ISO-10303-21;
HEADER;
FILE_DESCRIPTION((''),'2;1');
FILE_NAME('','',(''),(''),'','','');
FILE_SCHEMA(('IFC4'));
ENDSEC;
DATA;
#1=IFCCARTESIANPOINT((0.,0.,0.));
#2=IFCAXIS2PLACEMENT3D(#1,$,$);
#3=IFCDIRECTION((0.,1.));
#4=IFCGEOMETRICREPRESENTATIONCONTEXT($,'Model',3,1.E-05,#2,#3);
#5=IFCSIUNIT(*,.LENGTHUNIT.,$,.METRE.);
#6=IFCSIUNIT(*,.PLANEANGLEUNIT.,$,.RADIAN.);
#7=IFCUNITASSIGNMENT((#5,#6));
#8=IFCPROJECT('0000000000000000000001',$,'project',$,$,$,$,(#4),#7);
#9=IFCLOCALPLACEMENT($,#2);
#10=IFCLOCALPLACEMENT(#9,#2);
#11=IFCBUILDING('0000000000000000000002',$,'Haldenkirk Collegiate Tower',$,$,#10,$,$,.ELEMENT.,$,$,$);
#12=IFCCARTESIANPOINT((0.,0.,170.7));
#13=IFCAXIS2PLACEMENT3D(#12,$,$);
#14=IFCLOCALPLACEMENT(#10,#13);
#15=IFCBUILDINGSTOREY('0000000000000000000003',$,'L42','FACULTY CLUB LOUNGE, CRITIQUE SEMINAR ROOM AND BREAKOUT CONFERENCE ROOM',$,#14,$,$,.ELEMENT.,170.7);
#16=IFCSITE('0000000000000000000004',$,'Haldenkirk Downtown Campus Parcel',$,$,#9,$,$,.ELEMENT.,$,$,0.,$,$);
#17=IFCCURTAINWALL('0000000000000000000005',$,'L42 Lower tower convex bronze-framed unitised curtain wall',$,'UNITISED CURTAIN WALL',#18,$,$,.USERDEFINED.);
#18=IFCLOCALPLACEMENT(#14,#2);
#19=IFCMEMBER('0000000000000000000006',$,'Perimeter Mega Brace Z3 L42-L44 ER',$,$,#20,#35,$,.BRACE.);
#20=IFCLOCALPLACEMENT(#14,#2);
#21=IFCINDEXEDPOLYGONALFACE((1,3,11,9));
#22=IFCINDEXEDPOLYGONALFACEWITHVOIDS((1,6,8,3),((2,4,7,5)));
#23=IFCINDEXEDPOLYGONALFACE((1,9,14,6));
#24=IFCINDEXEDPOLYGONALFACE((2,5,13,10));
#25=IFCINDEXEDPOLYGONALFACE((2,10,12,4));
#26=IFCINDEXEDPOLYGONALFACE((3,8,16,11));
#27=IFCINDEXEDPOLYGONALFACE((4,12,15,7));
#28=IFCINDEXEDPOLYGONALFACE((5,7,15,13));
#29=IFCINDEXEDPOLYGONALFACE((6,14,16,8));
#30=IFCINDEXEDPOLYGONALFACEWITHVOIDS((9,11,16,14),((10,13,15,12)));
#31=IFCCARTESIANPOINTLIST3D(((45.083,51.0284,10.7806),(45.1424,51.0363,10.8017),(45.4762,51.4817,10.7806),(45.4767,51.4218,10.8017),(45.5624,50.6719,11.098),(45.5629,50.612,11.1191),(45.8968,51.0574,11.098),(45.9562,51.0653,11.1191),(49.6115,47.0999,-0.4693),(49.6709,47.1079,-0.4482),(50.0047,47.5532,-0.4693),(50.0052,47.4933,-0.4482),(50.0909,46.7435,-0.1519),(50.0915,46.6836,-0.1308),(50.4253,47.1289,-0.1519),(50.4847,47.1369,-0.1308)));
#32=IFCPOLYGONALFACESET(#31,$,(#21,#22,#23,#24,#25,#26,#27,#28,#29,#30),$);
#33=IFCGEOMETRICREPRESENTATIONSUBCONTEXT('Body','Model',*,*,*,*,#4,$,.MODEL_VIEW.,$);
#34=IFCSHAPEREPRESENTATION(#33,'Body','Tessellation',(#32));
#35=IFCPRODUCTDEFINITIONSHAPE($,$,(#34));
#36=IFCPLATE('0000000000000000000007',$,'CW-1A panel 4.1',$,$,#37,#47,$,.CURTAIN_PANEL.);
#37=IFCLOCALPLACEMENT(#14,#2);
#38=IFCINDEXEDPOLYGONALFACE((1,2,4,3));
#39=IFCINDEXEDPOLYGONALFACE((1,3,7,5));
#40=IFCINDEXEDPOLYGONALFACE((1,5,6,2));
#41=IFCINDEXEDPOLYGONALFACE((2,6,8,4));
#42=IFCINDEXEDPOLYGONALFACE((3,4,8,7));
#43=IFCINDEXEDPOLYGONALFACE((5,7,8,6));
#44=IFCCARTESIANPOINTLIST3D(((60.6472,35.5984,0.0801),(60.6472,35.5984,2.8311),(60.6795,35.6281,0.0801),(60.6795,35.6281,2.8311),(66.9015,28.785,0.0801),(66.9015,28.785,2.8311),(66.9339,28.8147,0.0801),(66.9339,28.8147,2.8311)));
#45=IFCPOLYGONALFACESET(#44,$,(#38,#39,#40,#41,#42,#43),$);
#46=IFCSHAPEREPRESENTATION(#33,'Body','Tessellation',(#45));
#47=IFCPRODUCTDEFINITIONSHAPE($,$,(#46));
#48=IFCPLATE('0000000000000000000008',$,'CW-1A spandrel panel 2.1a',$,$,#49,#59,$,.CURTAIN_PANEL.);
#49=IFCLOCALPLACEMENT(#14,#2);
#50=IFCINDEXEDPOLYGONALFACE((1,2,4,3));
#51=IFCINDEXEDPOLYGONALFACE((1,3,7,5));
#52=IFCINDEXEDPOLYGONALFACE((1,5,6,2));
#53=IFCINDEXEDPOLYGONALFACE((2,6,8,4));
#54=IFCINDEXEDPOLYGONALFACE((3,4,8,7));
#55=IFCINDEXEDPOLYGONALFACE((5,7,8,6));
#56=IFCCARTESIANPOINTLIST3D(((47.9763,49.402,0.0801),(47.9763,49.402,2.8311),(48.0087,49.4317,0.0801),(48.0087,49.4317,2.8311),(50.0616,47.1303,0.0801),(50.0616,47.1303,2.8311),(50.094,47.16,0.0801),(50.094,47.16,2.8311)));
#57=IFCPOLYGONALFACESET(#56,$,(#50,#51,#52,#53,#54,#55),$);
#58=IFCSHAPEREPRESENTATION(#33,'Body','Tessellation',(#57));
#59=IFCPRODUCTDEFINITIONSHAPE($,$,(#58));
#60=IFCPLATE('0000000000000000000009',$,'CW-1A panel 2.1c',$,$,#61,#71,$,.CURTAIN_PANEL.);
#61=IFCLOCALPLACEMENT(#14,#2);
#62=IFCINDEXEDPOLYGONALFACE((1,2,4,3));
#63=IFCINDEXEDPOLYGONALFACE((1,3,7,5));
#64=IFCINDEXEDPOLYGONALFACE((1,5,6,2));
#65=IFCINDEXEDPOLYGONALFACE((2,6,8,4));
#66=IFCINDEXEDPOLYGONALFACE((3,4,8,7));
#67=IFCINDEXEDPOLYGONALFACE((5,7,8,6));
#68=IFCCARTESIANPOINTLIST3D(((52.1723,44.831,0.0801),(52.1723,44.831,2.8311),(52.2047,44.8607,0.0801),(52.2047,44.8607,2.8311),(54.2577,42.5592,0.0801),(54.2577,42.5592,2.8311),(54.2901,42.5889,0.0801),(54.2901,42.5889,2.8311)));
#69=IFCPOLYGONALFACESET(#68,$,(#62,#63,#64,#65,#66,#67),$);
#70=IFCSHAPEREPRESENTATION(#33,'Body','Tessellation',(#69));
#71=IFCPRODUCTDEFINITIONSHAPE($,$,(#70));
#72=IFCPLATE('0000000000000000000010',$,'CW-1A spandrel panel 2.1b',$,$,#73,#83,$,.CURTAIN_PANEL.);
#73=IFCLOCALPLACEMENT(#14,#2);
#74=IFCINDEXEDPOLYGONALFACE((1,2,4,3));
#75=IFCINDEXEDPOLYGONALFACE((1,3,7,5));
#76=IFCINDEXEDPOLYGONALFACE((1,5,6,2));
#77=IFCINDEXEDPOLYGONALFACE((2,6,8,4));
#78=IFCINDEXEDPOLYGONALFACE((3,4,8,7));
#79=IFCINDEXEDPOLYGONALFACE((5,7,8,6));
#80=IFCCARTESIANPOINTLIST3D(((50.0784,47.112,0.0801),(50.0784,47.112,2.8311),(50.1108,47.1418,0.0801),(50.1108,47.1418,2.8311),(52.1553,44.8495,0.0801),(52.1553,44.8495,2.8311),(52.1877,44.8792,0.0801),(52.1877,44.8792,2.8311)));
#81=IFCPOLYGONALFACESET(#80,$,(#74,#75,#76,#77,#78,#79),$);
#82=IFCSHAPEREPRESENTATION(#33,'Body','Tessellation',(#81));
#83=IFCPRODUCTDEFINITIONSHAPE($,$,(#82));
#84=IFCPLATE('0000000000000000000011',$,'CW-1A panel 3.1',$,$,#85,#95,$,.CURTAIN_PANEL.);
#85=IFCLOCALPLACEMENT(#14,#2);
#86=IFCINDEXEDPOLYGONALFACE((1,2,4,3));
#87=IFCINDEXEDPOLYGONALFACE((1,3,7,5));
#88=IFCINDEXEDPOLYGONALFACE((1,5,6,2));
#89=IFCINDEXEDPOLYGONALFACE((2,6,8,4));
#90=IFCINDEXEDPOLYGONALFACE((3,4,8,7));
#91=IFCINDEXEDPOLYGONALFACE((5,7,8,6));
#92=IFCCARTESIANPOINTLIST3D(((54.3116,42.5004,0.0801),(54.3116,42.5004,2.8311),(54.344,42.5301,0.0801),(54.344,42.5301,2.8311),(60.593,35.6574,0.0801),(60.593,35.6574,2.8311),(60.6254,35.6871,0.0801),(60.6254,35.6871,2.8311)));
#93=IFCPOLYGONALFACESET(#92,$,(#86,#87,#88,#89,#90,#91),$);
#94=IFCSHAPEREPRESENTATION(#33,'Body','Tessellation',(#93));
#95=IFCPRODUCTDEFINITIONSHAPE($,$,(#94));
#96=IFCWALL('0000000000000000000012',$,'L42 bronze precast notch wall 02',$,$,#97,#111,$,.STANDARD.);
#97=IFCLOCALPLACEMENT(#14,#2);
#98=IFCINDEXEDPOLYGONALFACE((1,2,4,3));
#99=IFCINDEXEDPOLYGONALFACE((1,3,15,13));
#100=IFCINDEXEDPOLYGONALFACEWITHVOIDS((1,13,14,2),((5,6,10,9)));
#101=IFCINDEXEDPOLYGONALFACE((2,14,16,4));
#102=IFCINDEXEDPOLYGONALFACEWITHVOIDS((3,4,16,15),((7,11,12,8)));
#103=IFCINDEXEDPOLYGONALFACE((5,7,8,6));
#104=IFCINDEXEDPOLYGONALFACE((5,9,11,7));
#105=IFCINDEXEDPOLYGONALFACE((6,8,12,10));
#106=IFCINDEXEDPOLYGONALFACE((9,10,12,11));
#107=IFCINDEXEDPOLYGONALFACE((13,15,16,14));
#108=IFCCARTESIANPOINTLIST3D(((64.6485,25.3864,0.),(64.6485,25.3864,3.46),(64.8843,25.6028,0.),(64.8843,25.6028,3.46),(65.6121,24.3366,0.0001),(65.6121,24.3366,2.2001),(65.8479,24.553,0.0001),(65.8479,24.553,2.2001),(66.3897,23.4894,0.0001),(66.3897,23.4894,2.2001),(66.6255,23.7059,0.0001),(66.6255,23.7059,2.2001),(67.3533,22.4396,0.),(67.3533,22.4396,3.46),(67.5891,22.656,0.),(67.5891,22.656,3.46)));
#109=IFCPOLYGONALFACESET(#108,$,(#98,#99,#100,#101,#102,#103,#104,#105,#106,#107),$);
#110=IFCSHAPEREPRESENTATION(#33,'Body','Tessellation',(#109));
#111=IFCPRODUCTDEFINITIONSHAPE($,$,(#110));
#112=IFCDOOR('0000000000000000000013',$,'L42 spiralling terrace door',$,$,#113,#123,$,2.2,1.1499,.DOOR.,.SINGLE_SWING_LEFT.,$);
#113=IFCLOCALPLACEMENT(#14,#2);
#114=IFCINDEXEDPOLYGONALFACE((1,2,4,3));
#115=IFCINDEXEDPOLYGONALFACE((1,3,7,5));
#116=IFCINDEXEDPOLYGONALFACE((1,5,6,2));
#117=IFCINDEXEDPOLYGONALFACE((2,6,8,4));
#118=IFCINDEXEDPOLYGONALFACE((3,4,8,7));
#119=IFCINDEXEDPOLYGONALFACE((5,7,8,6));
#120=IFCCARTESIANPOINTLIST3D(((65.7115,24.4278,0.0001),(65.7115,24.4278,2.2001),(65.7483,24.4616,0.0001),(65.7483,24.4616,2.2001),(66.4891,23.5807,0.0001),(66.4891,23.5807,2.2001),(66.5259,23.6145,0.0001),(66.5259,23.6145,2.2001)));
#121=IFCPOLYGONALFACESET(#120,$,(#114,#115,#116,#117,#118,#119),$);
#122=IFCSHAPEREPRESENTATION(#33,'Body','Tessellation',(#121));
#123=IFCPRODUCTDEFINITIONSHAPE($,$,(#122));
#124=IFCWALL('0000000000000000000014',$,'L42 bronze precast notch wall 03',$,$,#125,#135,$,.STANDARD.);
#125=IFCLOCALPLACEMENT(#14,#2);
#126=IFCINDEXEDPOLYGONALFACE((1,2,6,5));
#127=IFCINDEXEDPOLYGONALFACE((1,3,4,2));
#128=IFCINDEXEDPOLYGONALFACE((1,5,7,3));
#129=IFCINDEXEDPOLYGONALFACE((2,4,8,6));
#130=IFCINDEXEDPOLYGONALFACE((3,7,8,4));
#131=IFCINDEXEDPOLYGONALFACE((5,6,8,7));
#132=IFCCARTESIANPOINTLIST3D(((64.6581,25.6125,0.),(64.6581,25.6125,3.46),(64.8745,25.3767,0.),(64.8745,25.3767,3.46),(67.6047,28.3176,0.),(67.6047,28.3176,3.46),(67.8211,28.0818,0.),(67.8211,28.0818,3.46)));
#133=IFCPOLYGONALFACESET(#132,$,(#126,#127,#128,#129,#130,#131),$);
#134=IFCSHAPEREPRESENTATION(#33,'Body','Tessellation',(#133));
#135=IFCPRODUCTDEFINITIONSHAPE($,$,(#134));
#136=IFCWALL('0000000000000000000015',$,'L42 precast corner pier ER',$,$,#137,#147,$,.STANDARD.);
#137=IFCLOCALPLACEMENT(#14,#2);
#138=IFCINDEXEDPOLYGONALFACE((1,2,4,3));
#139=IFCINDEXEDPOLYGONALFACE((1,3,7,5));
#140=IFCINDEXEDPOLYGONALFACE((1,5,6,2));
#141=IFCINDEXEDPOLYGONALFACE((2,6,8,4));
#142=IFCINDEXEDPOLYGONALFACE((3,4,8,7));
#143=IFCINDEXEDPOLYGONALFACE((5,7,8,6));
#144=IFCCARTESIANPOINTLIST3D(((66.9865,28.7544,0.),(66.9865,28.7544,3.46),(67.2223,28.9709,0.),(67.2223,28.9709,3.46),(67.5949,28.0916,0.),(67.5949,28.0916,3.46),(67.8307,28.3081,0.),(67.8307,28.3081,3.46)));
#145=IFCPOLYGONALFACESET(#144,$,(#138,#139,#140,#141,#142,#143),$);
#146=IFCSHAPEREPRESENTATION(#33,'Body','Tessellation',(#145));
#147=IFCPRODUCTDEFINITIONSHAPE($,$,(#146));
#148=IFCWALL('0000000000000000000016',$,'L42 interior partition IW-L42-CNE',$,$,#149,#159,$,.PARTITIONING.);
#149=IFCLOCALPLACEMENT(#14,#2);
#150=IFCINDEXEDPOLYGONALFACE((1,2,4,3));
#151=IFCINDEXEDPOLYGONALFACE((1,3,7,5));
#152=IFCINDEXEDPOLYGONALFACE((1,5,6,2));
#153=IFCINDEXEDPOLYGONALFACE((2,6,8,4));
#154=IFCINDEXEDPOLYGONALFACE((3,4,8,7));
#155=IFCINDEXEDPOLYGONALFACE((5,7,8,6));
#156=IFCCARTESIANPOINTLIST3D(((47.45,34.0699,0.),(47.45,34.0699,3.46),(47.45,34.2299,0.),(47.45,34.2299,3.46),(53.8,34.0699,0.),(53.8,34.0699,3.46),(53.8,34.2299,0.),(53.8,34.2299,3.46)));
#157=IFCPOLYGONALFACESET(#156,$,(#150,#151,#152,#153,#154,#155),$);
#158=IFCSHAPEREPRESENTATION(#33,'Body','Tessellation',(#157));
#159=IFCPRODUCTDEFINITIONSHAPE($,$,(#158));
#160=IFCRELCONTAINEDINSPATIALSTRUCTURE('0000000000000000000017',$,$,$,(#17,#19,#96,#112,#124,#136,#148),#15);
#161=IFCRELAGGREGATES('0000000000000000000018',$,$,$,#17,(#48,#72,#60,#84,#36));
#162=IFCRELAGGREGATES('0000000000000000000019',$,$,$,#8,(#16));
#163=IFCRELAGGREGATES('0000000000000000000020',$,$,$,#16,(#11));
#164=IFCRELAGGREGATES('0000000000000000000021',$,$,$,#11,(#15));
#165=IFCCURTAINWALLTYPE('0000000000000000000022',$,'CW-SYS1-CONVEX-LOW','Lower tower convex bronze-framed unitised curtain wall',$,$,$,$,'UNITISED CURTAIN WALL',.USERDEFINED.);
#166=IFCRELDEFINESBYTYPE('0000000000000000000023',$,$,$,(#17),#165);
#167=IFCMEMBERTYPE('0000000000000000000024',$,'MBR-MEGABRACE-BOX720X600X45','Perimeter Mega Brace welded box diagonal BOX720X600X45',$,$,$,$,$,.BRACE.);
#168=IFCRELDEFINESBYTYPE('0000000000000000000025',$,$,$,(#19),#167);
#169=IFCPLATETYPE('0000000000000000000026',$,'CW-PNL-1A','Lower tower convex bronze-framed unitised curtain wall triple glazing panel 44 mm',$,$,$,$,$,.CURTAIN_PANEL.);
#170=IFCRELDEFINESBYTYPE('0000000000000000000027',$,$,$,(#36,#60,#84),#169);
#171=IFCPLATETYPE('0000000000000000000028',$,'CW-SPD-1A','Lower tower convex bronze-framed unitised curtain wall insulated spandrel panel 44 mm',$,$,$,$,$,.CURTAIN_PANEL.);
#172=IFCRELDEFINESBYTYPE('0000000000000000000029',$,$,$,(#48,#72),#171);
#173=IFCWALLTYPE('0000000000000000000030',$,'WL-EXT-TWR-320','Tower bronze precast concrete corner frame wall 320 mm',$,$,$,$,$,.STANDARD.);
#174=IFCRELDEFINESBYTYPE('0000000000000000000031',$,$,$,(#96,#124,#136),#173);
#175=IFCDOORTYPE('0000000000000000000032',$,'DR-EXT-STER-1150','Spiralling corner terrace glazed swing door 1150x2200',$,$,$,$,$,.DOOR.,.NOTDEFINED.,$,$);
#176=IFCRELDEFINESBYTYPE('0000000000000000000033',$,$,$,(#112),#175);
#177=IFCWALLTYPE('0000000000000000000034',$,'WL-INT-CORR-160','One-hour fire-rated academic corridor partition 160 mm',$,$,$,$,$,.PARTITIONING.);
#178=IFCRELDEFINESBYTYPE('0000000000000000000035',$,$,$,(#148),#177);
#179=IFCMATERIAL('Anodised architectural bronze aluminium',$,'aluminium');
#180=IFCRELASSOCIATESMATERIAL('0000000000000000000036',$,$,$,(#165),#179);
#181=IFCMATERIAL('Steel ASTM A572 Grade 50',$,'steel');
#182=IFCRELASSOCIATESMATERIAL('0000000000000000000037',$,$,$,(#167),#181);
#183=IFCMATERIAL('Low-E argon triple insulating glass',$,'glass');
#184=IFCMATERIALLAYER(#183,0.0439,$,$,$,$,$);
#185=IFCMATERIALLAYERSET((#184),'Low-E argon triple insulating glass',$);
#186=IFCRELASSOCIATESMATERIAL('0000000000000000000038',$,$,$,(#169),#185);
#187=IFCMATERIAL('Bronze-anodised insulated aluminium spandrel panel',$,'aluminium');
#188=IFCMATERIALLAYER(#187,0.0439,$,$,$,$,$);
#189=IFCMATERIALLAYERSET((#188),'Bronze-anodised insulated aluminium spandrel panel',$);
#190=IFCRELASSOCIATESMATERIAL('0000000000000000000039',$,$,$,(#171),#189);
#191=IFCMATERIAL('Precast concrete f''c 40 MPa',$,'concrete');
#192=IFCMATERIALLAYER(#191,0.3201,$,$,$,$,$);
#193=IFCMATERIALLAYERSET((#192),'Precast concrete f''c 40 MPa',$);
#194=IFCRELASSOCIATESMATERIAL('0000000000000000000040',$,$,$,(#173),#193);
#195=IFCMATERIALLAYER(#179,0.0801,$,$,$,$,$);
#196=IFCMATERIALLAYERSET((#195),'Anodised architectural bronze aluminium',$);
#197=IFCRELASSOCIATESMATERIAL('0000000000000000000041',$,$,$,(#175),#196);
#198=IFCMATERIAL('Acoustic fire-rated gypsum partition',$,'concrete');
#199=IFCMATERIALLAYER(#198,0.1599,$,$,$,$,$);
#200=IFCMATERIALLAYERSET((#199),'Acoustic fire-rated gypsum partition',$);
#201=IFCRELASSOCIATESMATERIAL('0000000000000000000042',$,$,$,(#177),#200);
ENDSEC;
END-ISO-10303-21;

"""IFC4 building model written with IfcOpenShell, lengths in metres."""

from ifc_helpers import new_model, si_unit, direction, frame, frame_2d, origin, origin_2d, place, context, subcontext, project, spatial, rectangle, hollow_rectangle, extrude, source, transform, mapped, material, layer, layer_set, material_profile, profile_set, type_object, element, fill, aggregate, save


model = new_model("IFC4")

# Units and contexts
model_context = context("Model", 3, precision=1e-05, world=origin(), true_north=direction((0.0, 1.0)))
body_context = subcontext(model_context, "Body", "Model", "MODEL_VIEW")
ifc_project = project(units=[si_unit("LENGTHUNIT", "METRE"), si_unit("PLANEANGLEUNIT", "RADIAN")], contexts=[model_context])

# Site, building, storey
site_placement = place(None, origin())
site = spatial("IfcSite", under=ifc_project, at=site_placement, Name="Haldenkirk Downtown Campus Parcel", CompositionType="ELEMENT", RefElevation=0.0)
building_placement = place(site_placement, origin())
building = spatial("IfcBuilding", under=site, at=building_placement, Name="Haldenkirk Collegiate Tower", CompositionType="ELEMENT")
storey_placement = place(building_placement, frame((0.0, 0.0, 170.7)))
storey = spatial("IfcBuildingStorey", under=building, at=storey_placement, Name="L42", Description="FACULTY CLUB LOUNGE, CRITIQUE SEMINAR ROOM AND BREAKOUT CONFERENCE ROOM", CompositionType="ELEMENT", Elevation=170.7)

# Curtain wall
ifc_material_1 = material(Name="Anodised architectural bronze aluminium", Category="aluminium")
curtain_wall_type = type_object("IfcCurtainWallType", Name="CW-SYS1-CONVEX-LOW", Description="Lower tower convex bronze-framed unitised curtain wall", ElementType="UNITISED CURTAIN WALL", PredefinedType="USERDEFINED", material=ifc_material_1)
curtain_wall_placement = place(storey_placement, origin())
curtain_wall = element("IfcCurtainWall", 1, at=curtain_wall_placement, inside=storey, type_object=curtain_wall_type, Name="L42 Lower tower convex bronze-framed unitised curtain wall", ObjectType="UNITISED CURTAIN WALL", PredefinedType="USERDEFINED")

# Member
ifc_material_2 = material(Name="Steel ASTM A572 Grade 50", Category="steel")
ifc_material_profile_1 = material_profile(ifc_material_2, hollow_rectangle(XDim=0.6001, YDim=0.72, WallThickness=0.0449, at=origin_2d()), Name="BOX720X600X45")
ifc_profile_set_1 = profile_set([ifc_material_profile_1], Name="Steel ASTM A572 Grade 50")
member_type_1 = type_object("IfcMemberType", Name="MBR-MEGABRACE-BOX720X600X45", Description="Perimeter Mega Brace welded box diagonal BOX720X600X45", PredefinedType="BRACE", material=ifc_profile_set_1)
member_1_placement = place(storey_placement, frame((50.0481, 47.1184, -0.3), z_axis=(-0.355246, 0.308171, 0.882514), x_axis=(-0.655284, -0.755383, 0.0)))
element("IfcMember", 2, at=member_1_placement, inside=storey, type_object=member_type_1, Name="Perimeter Mega Brace Z3 L42-L44 ER", PredefinedType="BRACE", context=body_context, shape_type="SweptSolid", body=[
    extrude(hollow_rectangle(XDim=0.6001, YDim=0.72, WallThickness=0.0449, at=origin_2d()), origin(), (0.0, 0.0, 1.0), 12.7476),
])

# Plates
ifc_material_3 = material(Name="Low-E argon triple insulating glass", Category="glass")
ifc_layer_1 = layer(ifc_material_3, 0.0439)
ifc_layer_set_1 = layer_set([ifc_layer_1], Name="Low-E argon triple insulating glass")
plate_type_1 = type_object("IfcPlateType", Name="CW-PNL-1A", Description="Lower tower convex bronze-framed unitised curtain wall triple glazing panel 44 mm", PredefinedType="CURTAIN_PANEL", material=ifc_layer_set_1)
shared_shape_1 = source(origin(), body_context, "Body", "SweptSolid", [
    extrude(rectangle(XDim=9.2488, YDim=0.0439, at=origin_2d()), origin(), (0.0, 0.0, 1.0), 2.751),
])
plate_1_placement = place(storey_placement, frame((63.7905, 32.2065, 0.0801), z_axis=(0.0, 0.0, 1.0), x_axis=(0.676234, -0.736687, 0.0)))
plate_1 = element("IfcPlate", 3, at=plate_1_placement, type_object=plate_type_1, Name="CW-1A panel 4.1", PredefinedType="CURTAIN_PANEL", context=body_context, shape_type="MappedRepresentation", body=[
    mapped(shared_shape_1, transform((0.0, 0.0, 0.0), x_axis=(1.0, 0.0, 0.0), y_axis=(0.0, 1.0, 0.0), z_axis=(0.0, 0.0, 1.0), scale=1.0)),
])
ifc_material_4 = material(Name="Bronze-anodised insulated aluminium spandrel panel", Category="aluminium")
ifc_layer_2 = layer(ifc_material_4, 0.0439)
ifc_layer_set_2 = layer_set([ifc_layer_2], Name="Bronze-anodised insulated aluminium spandrel panel")
plate_type_2 = type_object("IfcPlateType", Name="CW-SPD-1A", Description="Lower tower convex bronze-framed unitised curtain wall insulated spandrel panel 44 mm", PredefinedType="CURTAIN_PANEL", material=ifc_layer_set_2)
shared_shape_2 = source(origin(), body_context, "Body", "SweptSolid", [
    extrude(rectangle(XDim=3.0837, YDim=0.0439, at=origin_2d()), origin(), (0.0, 0.0, 1.0), 2.751),
])
plate_2_placement = place(storey_placement, frame((49.0352, 48.281, 0.0801), z_axis=(0.0, 0.0, 1.0), x_axis=(0.676234, -0.736687, 0.0)))
plate_2 = element("IfcPlate", 4, at=plate_2_placement, type_object=plate_type_2, Name="CW-1A spandrel panel 2.1a", PredefinedType="CURTAIN_PANEL", context=body_context, shape_type="MappedRepresentation", body=[
    mapped(shared_shape_2, transform((0.0, 0.0, 0.0), x_axis=(1.0, 0.0, 0.0), y_axis=(0.0, 1.0, 0.0), z_axis=(0.0, 0.0, 1.0), scale=1.0)),
])
plate_3_placement = place(storey_placement, frame((53.2312, 43.71, 0.0801), z_axis=(0.0, 0.0, 1.0), x_axis=(0.676234, -0.736687, 0.0)))
plate_3 = element("IfcPlate", 5, at=plate_3_placement, type_object=plate_type_1, Name="CW-1A panel 2.1c", PredefinedType="CURTAIN_PANEL", context=body_context, shape_type="MappedRepresentation", body=[
    mapped(shared_shape_2, transform((0.0, 0.0, 0.0), x_axis=(1.0, 0.0, 0.0), y_axis=(0.0, 1.0, 0.0), z_axis=(0.0, 0.0, 1.0), scale=1.0)),
])
shared_shape_3 = source(origin(), body_context, "Body", "SweptSolid", [
    extrude(rectangle(XDim=3.0713, YDim=0.0439, at=origin_2d()), origin(), (0.0, 0.0, 1.0), 2.751),
])
plate_4_placement = place(storey_placement, frame((51.1331, 45.9956, 0.0801), z_axis=(0.0, 0.0, 1.0), x_axis=(0.676234, -0.736687, 0.0)))
plate_4 = element("IfcPlate", 6, at=plate_4_placement, type_object=plate_type_2, Name="CW-1A spandrel panel 2.1b", PredefinedType="CURTAIN_PANEL", context=body_context, shape_type="MappedRepresentation", body=[
    mapped(shared_shape_3, transform((0.0, 0.0, 0.0), x_axis=(1.0, 0.0, 0.0), y_axis=(0.0, 1.0, 0.0), z_axis=(0.0, 0.0, 1.0), scale=1.0)),
])
shared_shape_4 = source(origin(), body_context, "Body", "SweptSolid", [
    extrude(rectangle(XDim=9.2888, YDim=0.0439, at=origin_2d()), origin(), (0.0, 0.0, 1.0), 2.751),
])
plate_5_placement = place(storey_placement, frame((57.4685, 39.0938, 0.0801), z_axis=(0.0, 0.0, 1.0), x_axis=(0.676234, -0.736687, 0.0)))
plate_5 = element("IfcPlate", 7, at=plate_5_placement, type_object=plate_type_1, Name="CW-1A panel 3.1", PredefinedType="CURTAIN_PANEL", context=body_context, shape_type="MappedRepresentation", body=[
    mapped(shared_shape_4, transform((0.0, 0.0, 0.0), x_axis=(1.0, 0.0, 0.0), y_axis=(0.0, 1.0, 0.0), z_axis=(0.0, 0.0, 1.0), scale=1.0)),
])
aggregate(curtain_wall, [plate_2, plate_4, plate_3, plate_5, plate_1])

# Wall, opening, door
ifc_material_5 = material(Name="Precast concrete f'c 40 MPa", Category="concrete")
ifc_layer_3 = layer(ifc_material_5, 0.3201)
ifc_layer_set_3 = layer_set([ifc_layer_3], Name="Precast concrete f'c 40 MPa")
wall_type_1 = type_object("IfcWallType", Name="WL-EXT-TWR-320", Description="Tower bronze precast concrete corner frame wall 320 mm", PredefinedType="STANDARD", material=ifc_layer_set_3)
wall_1_placement = place(storey_placement, frame((64.7664, 25.4946, 0.0), z_axis=(0.0, 0.0, 1.0), x_axis=(0.676216, -0.736703, 0.0)))
wall_1 = element("IfcWall", 8, at=wall_1_placement, inside=storey, type_object=wall_type_1, Name="L42 bronze precast notch wall 02", PredefinedType="STANDARD", context=body_context, shape_type="SweptSolid", body=[
    extrude(rectangle(XDim=4.0, YDim=0.3201, at=frame_2d((2.0, 0.0))), origin(), (0.0, 0.0, 1.0), 3.46),
])
opening_1_placement = place(wall_1_placement, frame((1.425, 0.0, 0.0)))
opening_1 = element("IfcOpeningElement", 9, at=opening_1_placement, cuts=wall_1, PredefinedType="OPENING", context=body_context, shape_type="SweptSolid", body=[
    extrude(rectangle(XDim=1.1499, YDim=2.2, at=frame_2d((0.575, 1.1001))), frame((0.0, 0.1699, 0.0), z_axis=(0.0, -1.0, 0.0), x_axis=(1.0, 0.0, 0.0)), (0.0, 0.0, 1.0), 0.3401),
])
ifc_layer_4 = layer(ifc_material_1, 0.0801)
ifc_layer_set_4 = layer_set([ifc_layer_4], Name="Anodised architectural bronze aluminium")
door_type_1 = type_object("IfcDoorType", Name="DR-EXT-STER-1150", Description="Spiralling corner terrace glazed swing door 1150x2200", OperationType="NOTDEFINED", PredefinedType="DOOR", material=ifc_layer_set_4)
door_1_placement = place(opening_1_placement, origin())
door_1 = element("IfcDoor", 10, at=door_1_placement, inside=storey, type_object=door_type_1, Name="L42 spiralling terrace door", OperationType="SINGLE_SWING_LEFT", OverallHeight=2.2, OverallWidth=1.1499, PredefinedType="DOOR", context=body_context, shape_type="SweptSolid", body=[
    extrude(rectangle(XDim=1.1499, YDim=2.2, at=frame_2d((0.575, 1.1001))), frame((0.0, 0.0249, 0.0), z_axis=(0.0, -1.0, 0.0), x_axis=(1.0, 0.0, 0.0)), (0.0, 0.0, 1.0), 0.05),
])
fill(opening_1, door_1)

# Walls
wall_2_placement = place(storey_placement, frame((67.7129, 28.1997, 0.0), z_axis=(0.0, 0.0, 1.0), x_axis=(-0.736645, -0.67628, 0.0)))
element("IfcWall", 11, at=wall_2_placement, inside=storey, type_object=wall_type_1, Name="L42 bronze precast notch wall 03", PredefinedType="STANDARD", context=body_context, shape_type="SweptSolid", body=[
    extrude(rectangle(XDim=4.0, YDim=0.3201, at=frame_2d((2.0, 0.0))), origin(), (0.0, 0.0, 1.0), 3.46),
])
wall_3_placement = place(storey_placement, frame((67.1045, 28.8625, 0.0), z_axis=(0.0, 0.0, 1.0), x_axis=(0.676204, -0.736715, 0.0)))
element("IfcWall", 12, at=wall_3_placement, inside=storey, type_object=wall_type_1, Name="L42 precast corner pier ER", PredefinedType="STANDARD", context=body_context, shape_type="SweptSolid", body=[
    extrude(rectangle(XDim=0.8997, YDim=0.3201, at=frame_2d((0.4497, 0.0))), origin(), (0.0, 0.0, 1.0), 3.46),
])
ifc_material_6 = material(Name="Acoustic fire-rated gypsum partition", Category="concrete")
ifc_layer_5 = layer(ifc_material_6, 0.1599)
ifc_layer_set_5 = layer_set([ifc_layer_5], Name="Acoustic fire-rated gypsum partition")
wall_type_2 = type_object("IfcWallType", Name="WL-INT-CORR-160", Description="One-hour fire-rated academic corridor partition 160 mm", PredefinedType="PARTITIONING", material=ifc_layer_set_5)
wall_4_placement = place(storey_placement, frame((47.45, 34.1499, 0.0), z_axis=(0.0, 0.0, 1.0), x_axis=(1.0, 0.0, 0.0)))
element("IfcWall", 13, at=wall_4_placement, inside=storey, type_object=wall_type_2, Name="L42 interior partition IW-L42-CNE", PredefinedType="PARTITIONING", context=body_context, shape_type="SweptSolid", body=[
    extrude(rectangle(XDim=6.3501, YDim=0.1599, at=frame_2d((3.175, 0.0))), origin(), (0.0, 0.0, 1.0), 3.46),
])

save(model, "model.ifc")
